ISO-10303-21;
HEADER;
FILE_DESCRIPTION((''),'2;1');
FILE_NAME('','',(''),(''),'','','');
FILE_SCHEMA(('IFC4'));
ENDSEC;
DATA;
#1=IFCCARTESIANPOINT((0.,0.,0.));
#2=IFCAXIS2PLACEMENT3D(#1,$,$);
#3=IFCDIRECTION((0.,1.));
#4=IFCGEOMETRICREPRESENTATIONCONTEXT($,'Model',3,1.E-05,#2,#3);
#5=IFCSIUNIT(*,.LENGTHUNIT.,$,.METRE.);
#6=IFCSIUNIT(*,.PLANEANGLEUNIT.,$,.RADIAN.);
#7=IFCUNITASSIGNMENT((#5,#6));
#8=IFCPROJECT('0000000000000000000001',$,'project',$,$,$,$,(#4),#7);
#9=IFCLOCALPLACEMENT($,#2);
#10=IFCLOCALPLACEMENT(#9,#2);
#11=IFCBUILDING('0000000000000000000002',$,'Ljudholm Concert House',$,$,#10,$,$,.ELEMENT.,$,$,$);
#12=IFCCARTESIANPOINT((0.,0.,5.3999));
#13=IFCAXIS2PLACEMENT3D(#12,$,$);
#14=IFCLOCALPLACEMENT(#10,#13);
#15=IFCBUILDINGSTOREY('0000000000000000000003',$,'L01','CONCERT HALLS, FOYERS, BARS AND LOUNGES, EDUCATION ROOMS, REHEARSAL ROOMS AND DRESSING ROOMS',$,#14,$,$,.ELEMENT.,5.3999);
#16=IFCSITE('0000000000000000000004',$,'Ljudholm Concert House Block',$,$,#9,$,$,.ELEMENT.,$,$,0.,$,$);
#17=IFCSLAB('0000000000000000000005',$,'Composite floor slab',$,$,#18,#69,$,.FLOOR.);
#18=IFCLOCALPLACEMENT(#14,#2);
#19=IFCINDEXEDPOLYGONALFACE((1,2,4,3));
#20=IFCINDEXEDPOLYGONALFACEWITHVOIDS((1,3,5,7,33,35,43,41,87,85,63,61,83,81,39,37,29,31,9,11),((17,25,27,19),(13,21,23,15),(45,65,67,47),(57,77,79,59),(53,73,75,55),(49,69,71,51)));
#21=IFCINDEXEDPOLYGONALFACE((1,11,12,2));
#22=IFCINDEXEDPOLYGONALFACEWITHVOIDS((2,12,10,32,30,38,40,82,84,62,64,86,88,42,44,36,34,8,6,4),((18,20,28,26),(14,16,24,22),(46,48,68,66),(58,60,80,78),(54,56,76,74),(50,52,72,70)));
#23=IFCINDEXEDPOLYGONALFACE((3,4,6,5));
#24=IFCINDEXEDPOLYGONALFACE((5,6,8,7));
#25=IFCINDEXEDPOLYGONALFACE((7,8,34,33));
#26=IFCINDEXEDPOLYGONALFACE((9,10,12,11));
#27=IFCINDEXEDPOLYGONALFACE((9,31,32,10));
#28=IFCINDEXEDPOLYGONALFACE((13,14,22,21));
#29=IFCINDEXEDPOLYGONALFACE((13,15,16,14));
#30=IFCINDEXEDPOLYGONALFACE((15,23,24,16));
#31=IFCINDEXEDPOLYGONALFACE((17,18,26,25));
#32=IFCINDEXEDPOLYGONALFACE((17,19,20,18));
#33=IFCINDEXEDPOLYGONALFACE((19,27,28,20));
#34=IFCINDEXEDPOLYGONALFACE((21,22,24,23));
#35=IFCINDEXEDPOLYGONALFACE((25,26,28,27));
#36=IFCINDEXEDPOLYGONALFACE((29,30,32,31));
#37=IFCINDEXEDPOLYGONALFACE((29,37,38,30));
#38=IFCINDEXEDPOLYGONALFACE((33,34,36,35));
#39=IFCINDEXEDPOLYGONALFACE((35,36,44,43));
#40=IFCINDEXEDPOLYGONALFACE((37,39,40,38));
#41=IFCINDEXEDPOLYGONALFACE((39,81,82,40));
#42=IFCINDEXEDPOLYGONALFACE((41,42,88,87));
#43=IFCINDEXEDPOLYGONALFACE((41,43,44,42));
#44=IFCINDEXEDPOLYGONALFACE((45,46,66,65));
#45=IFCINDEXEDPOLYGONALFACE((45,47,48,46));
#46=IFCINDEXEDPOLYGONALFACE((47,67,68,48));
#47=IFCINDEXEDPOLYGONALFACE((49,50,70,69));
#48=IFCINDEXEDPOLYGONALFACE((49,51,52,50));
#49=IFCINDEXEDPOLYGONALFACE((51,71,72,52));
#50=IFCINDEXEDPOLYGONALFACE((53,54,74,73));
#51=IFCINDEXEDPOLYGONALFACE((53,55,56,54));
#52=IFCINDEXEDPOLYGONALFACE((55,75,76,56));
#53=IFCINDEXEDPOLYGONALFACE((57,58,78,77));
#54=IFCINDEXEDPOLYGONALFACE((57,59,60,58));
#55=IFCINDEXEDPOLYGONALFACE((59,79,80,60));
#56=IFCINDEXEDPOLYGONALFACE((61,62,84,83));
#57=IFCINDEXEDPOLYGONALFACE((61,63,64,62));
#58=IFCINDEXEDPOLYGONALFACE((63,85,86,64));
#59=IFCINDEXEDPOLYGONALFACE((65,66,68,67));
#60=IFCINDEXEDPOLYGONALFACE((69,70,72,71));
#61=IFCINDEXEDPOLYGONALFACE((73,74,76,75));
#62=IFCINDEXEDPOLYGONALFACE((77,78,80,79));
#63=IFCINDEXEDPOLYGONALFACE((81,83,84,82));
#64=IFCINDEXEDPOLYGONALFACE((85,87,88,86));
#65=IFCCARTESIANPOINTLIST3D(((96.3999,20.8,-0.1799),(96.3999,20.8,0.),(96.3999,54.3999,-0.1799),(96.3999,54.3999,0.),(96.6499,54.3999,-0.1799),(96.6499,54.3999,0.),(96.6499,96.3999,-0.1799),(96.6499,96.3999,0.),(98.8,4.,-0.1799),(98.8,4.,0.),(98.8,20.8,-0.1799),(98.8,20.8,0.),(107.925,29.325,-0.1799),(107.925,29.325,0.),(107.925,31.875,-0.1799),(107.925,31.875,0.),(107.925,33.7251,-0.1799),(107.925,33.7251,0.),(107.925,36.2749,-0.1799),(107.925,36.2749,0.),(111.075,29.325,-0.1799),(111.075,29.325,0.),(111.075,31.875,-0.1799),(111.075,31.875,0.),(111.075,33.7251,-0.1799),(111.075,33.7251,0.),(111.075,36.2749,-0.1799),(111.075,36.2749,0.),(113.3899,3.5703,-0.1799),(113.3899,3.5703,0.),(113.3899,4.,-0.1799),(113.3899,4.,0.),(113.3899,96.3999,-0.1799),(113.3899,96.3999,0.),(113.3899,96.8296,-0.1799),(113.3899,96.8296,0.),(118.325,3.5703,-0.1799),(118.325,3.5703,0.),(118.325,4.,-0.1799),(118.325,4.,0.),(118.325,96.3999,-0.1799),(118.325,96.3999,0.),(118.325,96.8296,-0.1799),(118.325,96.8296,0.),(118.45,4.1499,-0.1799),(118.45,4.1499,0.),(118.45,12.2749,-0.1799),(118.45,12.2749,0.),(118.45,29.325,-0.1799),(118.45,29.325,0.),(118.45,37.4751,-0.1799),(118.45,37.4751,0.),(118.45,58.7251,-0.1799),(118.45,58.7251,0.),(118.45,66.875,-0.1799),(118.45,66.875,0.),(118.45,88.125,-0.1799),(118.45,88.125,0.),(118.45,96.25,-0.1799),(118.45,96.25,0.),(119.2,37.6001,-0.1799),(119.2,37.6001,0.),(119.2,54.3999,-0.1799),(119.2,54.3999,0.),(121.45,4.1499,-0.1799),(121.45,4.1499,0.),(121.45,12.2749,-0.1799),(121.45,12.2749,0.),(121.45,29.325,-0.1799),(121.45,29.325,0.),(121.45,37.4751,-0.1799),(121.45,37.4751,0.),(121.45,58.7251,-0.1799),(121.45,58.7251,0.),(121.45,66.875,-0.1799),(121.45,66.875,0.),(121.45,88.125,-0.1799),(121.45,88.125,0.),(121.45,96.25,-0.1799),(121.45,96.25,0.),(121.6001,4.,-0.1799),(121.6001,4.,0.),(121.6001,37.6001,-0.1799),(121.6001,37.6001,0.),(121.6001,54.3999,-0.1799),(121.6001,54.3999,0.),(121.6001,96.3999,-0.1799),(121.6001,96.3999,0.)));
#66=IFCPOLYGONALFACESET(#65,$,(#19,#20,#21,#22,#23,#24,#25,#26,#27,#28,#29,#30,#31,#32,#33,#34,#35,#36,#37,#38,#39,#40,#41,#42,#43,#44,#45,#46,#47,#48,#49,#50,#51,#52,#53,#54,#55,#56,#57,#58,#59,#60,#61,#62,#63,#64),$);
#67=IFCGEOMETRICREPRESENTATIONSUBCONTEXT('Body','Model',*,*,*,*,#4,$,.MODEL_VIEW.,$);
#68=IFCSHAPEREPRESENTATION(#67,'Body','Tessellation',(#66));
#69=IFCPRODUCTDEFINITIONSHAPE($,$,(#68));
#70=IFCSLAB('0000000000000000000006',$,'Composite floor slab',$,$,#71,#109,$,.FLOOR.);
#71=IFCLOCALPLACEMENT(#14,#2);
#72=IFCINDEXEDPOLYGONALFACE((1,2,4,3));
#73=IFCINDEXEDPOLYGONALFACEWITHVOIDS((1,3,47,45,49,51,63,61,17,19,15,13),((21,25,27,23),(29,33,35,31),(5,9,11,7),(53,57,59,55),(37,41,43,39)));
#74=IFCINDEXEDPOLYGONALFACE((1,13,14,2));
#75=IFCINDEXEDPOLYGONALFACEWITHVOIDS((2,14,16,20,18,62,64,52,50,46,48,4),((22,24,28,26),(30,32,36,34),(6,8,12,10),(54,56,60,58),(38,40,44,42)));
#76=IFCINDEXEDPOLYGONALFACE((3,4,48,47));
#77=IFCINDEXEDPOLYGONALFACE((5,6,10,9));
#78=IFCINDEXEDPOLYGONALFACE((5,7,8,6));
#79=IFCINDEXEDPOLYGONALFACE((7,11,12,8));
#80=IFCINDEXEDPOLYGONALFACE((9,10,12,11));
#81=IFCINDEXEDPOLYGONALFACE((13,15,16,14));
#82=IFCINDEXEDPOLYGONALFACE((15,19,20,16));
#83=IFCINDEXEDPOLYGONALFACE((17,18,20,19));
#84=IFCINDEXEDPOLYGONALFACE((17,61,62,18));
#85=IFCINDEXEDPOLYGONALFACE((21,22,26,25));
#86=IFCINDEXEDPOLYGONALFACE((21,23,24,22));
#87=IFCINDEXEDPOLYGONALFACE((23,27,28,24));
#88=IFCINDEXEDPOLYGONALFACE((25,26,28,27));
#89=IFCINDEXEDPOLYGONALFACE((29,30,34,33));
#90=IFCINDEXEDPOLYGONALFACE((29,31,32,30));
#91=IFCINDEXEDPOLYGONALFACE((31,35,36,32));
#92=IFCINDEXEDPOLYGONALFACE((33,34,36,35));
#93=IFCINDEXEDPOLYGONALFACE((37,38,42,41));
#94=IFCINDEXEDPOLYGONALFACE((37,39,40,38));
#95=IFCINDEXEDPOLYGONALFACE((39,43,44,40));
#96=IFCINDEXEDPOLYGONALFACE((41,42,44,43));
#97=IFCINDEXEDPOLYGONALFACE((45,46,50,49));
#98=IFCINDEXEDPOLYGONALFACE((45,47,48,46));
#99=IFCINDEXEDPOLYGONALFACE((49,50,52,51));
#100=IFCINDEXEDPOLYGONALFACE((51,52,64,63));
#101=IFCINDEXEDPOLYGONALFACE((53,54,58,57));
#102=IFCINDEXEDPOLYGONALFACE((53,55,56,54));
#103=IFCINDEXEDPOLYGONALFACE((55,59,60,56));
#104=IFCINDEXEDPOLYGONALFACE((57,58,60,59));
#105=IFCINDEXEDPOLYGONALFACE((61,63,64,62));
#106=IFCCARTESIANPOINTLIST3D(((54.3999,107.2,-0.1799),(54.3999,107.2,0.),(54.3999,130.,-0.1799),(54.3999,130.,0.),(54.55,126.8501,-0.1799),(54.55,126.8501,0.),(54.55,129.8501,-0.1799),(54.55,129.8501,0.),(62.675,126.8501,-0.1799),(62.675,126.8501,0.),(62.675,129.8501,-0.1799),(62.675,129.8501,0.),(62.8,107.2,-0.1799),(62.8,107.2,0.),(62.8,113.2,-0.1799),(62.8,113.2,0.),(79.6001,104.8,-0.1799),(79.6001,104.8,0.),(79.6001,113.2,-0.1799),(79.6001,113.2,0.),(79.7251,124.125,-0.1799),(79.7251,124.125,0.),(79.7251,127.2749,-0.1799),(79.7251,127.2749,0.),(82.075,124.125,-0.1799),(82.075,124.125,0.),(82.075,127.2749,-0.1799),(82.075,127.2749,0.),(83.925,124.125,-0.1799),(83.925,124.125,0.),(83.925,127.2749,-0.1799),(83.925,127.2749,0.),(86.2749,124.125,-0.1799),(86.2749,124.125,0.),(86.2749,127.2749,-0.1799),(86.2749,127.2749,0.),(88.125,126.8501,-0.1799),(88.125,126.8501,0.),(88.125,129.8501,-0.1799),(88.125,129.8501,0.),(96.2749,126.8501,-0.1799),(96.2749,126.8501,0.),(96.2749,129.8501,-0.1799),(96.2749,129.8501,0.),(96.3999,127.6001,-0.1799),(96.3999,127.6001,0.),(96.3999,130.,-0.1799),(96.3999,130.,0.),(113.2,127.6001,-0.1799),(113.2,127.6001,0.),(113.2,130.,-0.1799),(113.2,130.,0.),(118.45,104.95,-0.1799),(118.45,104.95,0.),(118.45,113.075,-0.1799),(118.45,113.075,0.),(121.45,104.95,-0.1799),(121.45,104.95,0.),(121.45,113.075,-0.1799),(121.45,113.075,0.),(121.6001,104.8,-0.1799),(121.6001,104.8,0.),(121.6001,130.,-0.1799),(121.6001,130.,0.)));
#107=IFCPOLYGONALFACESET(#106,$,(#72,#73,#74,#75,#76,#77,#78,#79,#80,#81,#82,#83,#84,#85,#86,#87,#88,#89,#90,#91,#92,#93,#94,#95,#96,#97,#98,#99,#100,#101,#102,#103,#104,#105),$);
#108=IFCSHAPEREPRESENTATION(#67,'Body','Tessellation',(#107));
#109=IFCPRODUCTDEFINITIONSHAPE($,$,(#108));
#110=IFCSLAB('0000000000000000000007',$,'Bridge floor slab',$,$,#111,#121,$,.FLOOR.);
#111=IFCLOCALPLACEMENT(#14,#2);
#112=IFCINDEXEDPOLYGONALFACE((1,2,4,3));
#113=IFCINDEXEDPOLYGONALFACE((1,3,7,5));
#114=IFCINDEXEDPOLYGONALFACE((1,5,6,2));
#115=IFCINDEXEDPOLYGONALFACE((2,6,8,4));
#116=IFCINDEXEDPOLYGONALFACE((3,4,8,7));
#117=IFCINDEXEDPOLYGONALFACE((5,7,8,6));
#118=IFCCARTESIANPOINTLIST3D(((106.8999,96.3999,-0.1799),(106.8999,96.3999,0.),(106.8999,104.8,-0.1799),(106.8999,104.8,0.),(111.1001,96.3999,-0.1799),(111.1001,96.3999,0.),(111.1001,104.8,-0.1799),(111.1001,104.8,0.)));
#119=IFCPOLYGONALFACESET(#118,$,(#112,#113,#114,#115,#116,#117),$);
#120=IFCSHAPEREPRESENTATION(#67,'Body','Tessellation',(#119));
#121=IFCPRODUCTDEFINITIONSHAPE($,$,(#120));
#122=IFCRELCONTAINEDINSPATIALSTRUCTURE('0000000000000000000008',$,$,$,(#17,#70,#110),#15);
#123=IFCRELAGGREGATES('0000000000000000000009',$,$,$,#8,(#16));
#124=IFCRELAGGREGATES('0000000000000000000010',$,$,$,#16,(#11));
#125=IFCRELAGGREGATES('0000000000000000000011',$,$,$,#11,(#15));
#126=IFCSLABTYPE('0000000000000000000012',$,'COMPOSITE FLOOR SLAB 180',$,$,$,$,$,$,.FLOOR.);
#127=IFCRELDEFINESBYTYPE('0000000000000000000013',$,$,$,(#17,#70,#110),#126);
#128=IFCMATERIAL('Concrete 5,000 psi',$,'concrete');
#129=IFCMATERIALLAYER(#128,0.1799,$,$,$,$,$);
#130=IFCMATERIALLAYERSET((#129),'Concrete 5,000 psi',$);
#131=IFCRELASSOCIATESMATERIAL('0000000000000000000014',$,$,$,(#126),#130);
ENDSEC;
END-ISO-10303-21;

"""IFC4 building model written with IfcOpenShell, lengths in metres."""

from ifc_helpers import new_model, si_unit, direction, frame, origin, place, context, subcontext, project, spatial, polyline, outline, extrude, material, layer, layer_set, type_object, element, save


model = new_model("IFC4")

# Units and contexts
model_context = context("Model", 3, precision=1e-05, world=origin(), true_north=direction((0.0, 1.0)))
body_context = subcontext(model_context, "Body", "Model", "MODEL_VIEW")
ifc_project = project(units=[si_unit("LENGTHUNIT", "METRE"), si_unit("PLANEANGLEUNIT", "RADIAN")], contexts=[model_context])

# Site, building, storey
site_placement = place(None, origin())
site = spatial("IfcSite", under=ifc_project, at=site_placement, Name="Ljudholm Concert House Block", CompositionType="ELEMENT", RefElevation=0.0)
building_placement = place(site_placement, origin())
building = spatial("IfcBuilding", under=site, at=building_placement, Name="Ljudholm Concert House", CompositionType="ELEMENT")
storey_placement = place(building_placement, frame((0.0, 0.0, 5.3999)))
storey = spatial("IfcBuildingStorey", under=building, at=storey_placement, Name="L01", Description="CONCERT HALLS, FOYERS, BARS AND LOUNGES, EDUCATION ROOMS, REHEARSAL ROOMS AND DRESSING ROOMS", CompositionType="ELEMENT", Elevation=5.3999)

# Slabs
ifc_material_1 = material(Name="Concrete 5,000 psi", Category="concrete")
ifc_layer_1 = layer(ifc_material_1, 0.1799)
ifc_layer_set_1 = layer_set([ifc_layer_1], Name="Concrete 5,000 psi")
slab_type_1 = type_object("IfcSlabType", Name="COMPOSITE FLOOR SLAB 180", PredefinedType="FLOOR", material=ifc_layer_set_1)
slab_1_placement = place(storey_placement, frame((0.0, 0.0, -0.1799)))
element("IfcSlab", 1, at=slab_1_placement, inside=storey, type_object=slab_type_1, Name="Composite floor slab", PredefinedType="FLOOR", context=body_context, shape_type="SweptSolid", body=[
    extrude(outline(polyline([(113.3899, 3.5703), (113.3899, 4.0), (98.8, 4.0), (98.8, 20.8), (96.3999, 20.8), (96.3999, 54.3999), (96.6499, 54.3999), (96.6499, 96.3999), (113.3899, 96.3999), (113.3899, 96.8296), (118.325, 96.8296), (118.325, 96.3999), (121.6001, 96.3999), (121.6001, 54.3999), (119.2, 54.3999), (119.2, 37.6001), (121.6001, 37.6001), (121.6001, 4.0), (118.325, 4.0), (118.325, 3.5703), (113.3899, 3.5703)]), holes=[polyline([(121.45, 12.2749), (118.45, 12.2749), (118.45, 4.1499), (121.45, 4.1499), (121.45, 12.2749)]), polyline([(111.075, 31.875), (107.925, 31.875), (107.925, 29.325), (111.075, 29.325), (111.075, 31.875)]), polyline([(121.45, 37.4751), (118.45, 37.4751), (118.45, 29.325), (121.45, 29.325), (121.45, 37.4751)]), polyline([(111.075, 36.2749), (107.925, 36.2749), (107.925, 33.7251), (111.075, 33.7251), (111.075, 36.2749)]), polyline([(121.45, 66.875), (118.45, 66.875), (118.45, 58.7251), (121.45, 58.7251), (121.45, 66.875)]), polyline([(121.45, 96.25), (118.45, 96.25), (118.45, 88.125), (121.45, 88.125), (121.45, 96.25)])]), origin(), (0.0, 0.0, 1.0), 0.1799),
])
slab_2_placement = place(storey_placement, frame((0.0, 0.0, -0.1799)))
element("IfcSlab", 2, at=slab_2_placement, inside=storey, type_object=slab_type_1, Name="Composite floor slab", PredefinedType="FLOOR", context=body_context, shape_type="SweptSolid", body=[
    extrude(outline(polyline([(121.6001, 130.0), (121.6001, 104.8), (79.6001, 104.8), (79.6001, 113.2), (62.8, 113.2), (62.8, 107.2), (54.3999, 107.2), (54.3999, 130.0), (96.3999, 130.0), (96.3999, 127.6001), (113.2, 127.6001), (113.2, 130.0), (121.6001, 130.0)]), holes=[polyline([(121.45, 113.075), (118.45, 113.075), (118.45, 104.95), (121.45, 104.95), (121.45, 113.075)]), polyline([(82.075, 127.2749), (79.7251, 127.2749), (79.7251, 124.125), (82.075, 124.125), (82.075, 127.2749)]), polyline([(86.2749, 127.2749), (83.925, 127.2749), (83.925, 124.125), (86.2749, 124.125), (86.2749, 127.2749)]), polyline([(62.675, 129.8501), (54.55, 129.8501), (54.55, 126.8501), (62.675, 126.8501), (62.675, 129.8501)]), polyline([(96.2749, 129.8501), (88.125, 129.8501), (88.125, 126.8501), (96.2749, 126.8501), (96.2749, 129.8501)])]), origin(), (0.0, 0.0, 1.0), 0.1799),
])
slab_3_placement = place(storey_placement, frame((0.0, 0.0, -0.1799)))
element("IfcSlab", 3, at=slab_3_placement, inside=storey, type_object=slab_type_1, Name="Bridge floor slab", PredefinedType="FLOOR", context=body_context, shape_type="SweptSolid", body=[
    extrude(outline(polyline([(106.8999, 96.3999), (111.1001, 96.3999), (111.1001, 104.8), (106.8999, 104.8), (106.8999, 96.3999)])), origin(), (0.0, 0.0, 1.0), 0.1799),
])

save(model, "model.ifc")
